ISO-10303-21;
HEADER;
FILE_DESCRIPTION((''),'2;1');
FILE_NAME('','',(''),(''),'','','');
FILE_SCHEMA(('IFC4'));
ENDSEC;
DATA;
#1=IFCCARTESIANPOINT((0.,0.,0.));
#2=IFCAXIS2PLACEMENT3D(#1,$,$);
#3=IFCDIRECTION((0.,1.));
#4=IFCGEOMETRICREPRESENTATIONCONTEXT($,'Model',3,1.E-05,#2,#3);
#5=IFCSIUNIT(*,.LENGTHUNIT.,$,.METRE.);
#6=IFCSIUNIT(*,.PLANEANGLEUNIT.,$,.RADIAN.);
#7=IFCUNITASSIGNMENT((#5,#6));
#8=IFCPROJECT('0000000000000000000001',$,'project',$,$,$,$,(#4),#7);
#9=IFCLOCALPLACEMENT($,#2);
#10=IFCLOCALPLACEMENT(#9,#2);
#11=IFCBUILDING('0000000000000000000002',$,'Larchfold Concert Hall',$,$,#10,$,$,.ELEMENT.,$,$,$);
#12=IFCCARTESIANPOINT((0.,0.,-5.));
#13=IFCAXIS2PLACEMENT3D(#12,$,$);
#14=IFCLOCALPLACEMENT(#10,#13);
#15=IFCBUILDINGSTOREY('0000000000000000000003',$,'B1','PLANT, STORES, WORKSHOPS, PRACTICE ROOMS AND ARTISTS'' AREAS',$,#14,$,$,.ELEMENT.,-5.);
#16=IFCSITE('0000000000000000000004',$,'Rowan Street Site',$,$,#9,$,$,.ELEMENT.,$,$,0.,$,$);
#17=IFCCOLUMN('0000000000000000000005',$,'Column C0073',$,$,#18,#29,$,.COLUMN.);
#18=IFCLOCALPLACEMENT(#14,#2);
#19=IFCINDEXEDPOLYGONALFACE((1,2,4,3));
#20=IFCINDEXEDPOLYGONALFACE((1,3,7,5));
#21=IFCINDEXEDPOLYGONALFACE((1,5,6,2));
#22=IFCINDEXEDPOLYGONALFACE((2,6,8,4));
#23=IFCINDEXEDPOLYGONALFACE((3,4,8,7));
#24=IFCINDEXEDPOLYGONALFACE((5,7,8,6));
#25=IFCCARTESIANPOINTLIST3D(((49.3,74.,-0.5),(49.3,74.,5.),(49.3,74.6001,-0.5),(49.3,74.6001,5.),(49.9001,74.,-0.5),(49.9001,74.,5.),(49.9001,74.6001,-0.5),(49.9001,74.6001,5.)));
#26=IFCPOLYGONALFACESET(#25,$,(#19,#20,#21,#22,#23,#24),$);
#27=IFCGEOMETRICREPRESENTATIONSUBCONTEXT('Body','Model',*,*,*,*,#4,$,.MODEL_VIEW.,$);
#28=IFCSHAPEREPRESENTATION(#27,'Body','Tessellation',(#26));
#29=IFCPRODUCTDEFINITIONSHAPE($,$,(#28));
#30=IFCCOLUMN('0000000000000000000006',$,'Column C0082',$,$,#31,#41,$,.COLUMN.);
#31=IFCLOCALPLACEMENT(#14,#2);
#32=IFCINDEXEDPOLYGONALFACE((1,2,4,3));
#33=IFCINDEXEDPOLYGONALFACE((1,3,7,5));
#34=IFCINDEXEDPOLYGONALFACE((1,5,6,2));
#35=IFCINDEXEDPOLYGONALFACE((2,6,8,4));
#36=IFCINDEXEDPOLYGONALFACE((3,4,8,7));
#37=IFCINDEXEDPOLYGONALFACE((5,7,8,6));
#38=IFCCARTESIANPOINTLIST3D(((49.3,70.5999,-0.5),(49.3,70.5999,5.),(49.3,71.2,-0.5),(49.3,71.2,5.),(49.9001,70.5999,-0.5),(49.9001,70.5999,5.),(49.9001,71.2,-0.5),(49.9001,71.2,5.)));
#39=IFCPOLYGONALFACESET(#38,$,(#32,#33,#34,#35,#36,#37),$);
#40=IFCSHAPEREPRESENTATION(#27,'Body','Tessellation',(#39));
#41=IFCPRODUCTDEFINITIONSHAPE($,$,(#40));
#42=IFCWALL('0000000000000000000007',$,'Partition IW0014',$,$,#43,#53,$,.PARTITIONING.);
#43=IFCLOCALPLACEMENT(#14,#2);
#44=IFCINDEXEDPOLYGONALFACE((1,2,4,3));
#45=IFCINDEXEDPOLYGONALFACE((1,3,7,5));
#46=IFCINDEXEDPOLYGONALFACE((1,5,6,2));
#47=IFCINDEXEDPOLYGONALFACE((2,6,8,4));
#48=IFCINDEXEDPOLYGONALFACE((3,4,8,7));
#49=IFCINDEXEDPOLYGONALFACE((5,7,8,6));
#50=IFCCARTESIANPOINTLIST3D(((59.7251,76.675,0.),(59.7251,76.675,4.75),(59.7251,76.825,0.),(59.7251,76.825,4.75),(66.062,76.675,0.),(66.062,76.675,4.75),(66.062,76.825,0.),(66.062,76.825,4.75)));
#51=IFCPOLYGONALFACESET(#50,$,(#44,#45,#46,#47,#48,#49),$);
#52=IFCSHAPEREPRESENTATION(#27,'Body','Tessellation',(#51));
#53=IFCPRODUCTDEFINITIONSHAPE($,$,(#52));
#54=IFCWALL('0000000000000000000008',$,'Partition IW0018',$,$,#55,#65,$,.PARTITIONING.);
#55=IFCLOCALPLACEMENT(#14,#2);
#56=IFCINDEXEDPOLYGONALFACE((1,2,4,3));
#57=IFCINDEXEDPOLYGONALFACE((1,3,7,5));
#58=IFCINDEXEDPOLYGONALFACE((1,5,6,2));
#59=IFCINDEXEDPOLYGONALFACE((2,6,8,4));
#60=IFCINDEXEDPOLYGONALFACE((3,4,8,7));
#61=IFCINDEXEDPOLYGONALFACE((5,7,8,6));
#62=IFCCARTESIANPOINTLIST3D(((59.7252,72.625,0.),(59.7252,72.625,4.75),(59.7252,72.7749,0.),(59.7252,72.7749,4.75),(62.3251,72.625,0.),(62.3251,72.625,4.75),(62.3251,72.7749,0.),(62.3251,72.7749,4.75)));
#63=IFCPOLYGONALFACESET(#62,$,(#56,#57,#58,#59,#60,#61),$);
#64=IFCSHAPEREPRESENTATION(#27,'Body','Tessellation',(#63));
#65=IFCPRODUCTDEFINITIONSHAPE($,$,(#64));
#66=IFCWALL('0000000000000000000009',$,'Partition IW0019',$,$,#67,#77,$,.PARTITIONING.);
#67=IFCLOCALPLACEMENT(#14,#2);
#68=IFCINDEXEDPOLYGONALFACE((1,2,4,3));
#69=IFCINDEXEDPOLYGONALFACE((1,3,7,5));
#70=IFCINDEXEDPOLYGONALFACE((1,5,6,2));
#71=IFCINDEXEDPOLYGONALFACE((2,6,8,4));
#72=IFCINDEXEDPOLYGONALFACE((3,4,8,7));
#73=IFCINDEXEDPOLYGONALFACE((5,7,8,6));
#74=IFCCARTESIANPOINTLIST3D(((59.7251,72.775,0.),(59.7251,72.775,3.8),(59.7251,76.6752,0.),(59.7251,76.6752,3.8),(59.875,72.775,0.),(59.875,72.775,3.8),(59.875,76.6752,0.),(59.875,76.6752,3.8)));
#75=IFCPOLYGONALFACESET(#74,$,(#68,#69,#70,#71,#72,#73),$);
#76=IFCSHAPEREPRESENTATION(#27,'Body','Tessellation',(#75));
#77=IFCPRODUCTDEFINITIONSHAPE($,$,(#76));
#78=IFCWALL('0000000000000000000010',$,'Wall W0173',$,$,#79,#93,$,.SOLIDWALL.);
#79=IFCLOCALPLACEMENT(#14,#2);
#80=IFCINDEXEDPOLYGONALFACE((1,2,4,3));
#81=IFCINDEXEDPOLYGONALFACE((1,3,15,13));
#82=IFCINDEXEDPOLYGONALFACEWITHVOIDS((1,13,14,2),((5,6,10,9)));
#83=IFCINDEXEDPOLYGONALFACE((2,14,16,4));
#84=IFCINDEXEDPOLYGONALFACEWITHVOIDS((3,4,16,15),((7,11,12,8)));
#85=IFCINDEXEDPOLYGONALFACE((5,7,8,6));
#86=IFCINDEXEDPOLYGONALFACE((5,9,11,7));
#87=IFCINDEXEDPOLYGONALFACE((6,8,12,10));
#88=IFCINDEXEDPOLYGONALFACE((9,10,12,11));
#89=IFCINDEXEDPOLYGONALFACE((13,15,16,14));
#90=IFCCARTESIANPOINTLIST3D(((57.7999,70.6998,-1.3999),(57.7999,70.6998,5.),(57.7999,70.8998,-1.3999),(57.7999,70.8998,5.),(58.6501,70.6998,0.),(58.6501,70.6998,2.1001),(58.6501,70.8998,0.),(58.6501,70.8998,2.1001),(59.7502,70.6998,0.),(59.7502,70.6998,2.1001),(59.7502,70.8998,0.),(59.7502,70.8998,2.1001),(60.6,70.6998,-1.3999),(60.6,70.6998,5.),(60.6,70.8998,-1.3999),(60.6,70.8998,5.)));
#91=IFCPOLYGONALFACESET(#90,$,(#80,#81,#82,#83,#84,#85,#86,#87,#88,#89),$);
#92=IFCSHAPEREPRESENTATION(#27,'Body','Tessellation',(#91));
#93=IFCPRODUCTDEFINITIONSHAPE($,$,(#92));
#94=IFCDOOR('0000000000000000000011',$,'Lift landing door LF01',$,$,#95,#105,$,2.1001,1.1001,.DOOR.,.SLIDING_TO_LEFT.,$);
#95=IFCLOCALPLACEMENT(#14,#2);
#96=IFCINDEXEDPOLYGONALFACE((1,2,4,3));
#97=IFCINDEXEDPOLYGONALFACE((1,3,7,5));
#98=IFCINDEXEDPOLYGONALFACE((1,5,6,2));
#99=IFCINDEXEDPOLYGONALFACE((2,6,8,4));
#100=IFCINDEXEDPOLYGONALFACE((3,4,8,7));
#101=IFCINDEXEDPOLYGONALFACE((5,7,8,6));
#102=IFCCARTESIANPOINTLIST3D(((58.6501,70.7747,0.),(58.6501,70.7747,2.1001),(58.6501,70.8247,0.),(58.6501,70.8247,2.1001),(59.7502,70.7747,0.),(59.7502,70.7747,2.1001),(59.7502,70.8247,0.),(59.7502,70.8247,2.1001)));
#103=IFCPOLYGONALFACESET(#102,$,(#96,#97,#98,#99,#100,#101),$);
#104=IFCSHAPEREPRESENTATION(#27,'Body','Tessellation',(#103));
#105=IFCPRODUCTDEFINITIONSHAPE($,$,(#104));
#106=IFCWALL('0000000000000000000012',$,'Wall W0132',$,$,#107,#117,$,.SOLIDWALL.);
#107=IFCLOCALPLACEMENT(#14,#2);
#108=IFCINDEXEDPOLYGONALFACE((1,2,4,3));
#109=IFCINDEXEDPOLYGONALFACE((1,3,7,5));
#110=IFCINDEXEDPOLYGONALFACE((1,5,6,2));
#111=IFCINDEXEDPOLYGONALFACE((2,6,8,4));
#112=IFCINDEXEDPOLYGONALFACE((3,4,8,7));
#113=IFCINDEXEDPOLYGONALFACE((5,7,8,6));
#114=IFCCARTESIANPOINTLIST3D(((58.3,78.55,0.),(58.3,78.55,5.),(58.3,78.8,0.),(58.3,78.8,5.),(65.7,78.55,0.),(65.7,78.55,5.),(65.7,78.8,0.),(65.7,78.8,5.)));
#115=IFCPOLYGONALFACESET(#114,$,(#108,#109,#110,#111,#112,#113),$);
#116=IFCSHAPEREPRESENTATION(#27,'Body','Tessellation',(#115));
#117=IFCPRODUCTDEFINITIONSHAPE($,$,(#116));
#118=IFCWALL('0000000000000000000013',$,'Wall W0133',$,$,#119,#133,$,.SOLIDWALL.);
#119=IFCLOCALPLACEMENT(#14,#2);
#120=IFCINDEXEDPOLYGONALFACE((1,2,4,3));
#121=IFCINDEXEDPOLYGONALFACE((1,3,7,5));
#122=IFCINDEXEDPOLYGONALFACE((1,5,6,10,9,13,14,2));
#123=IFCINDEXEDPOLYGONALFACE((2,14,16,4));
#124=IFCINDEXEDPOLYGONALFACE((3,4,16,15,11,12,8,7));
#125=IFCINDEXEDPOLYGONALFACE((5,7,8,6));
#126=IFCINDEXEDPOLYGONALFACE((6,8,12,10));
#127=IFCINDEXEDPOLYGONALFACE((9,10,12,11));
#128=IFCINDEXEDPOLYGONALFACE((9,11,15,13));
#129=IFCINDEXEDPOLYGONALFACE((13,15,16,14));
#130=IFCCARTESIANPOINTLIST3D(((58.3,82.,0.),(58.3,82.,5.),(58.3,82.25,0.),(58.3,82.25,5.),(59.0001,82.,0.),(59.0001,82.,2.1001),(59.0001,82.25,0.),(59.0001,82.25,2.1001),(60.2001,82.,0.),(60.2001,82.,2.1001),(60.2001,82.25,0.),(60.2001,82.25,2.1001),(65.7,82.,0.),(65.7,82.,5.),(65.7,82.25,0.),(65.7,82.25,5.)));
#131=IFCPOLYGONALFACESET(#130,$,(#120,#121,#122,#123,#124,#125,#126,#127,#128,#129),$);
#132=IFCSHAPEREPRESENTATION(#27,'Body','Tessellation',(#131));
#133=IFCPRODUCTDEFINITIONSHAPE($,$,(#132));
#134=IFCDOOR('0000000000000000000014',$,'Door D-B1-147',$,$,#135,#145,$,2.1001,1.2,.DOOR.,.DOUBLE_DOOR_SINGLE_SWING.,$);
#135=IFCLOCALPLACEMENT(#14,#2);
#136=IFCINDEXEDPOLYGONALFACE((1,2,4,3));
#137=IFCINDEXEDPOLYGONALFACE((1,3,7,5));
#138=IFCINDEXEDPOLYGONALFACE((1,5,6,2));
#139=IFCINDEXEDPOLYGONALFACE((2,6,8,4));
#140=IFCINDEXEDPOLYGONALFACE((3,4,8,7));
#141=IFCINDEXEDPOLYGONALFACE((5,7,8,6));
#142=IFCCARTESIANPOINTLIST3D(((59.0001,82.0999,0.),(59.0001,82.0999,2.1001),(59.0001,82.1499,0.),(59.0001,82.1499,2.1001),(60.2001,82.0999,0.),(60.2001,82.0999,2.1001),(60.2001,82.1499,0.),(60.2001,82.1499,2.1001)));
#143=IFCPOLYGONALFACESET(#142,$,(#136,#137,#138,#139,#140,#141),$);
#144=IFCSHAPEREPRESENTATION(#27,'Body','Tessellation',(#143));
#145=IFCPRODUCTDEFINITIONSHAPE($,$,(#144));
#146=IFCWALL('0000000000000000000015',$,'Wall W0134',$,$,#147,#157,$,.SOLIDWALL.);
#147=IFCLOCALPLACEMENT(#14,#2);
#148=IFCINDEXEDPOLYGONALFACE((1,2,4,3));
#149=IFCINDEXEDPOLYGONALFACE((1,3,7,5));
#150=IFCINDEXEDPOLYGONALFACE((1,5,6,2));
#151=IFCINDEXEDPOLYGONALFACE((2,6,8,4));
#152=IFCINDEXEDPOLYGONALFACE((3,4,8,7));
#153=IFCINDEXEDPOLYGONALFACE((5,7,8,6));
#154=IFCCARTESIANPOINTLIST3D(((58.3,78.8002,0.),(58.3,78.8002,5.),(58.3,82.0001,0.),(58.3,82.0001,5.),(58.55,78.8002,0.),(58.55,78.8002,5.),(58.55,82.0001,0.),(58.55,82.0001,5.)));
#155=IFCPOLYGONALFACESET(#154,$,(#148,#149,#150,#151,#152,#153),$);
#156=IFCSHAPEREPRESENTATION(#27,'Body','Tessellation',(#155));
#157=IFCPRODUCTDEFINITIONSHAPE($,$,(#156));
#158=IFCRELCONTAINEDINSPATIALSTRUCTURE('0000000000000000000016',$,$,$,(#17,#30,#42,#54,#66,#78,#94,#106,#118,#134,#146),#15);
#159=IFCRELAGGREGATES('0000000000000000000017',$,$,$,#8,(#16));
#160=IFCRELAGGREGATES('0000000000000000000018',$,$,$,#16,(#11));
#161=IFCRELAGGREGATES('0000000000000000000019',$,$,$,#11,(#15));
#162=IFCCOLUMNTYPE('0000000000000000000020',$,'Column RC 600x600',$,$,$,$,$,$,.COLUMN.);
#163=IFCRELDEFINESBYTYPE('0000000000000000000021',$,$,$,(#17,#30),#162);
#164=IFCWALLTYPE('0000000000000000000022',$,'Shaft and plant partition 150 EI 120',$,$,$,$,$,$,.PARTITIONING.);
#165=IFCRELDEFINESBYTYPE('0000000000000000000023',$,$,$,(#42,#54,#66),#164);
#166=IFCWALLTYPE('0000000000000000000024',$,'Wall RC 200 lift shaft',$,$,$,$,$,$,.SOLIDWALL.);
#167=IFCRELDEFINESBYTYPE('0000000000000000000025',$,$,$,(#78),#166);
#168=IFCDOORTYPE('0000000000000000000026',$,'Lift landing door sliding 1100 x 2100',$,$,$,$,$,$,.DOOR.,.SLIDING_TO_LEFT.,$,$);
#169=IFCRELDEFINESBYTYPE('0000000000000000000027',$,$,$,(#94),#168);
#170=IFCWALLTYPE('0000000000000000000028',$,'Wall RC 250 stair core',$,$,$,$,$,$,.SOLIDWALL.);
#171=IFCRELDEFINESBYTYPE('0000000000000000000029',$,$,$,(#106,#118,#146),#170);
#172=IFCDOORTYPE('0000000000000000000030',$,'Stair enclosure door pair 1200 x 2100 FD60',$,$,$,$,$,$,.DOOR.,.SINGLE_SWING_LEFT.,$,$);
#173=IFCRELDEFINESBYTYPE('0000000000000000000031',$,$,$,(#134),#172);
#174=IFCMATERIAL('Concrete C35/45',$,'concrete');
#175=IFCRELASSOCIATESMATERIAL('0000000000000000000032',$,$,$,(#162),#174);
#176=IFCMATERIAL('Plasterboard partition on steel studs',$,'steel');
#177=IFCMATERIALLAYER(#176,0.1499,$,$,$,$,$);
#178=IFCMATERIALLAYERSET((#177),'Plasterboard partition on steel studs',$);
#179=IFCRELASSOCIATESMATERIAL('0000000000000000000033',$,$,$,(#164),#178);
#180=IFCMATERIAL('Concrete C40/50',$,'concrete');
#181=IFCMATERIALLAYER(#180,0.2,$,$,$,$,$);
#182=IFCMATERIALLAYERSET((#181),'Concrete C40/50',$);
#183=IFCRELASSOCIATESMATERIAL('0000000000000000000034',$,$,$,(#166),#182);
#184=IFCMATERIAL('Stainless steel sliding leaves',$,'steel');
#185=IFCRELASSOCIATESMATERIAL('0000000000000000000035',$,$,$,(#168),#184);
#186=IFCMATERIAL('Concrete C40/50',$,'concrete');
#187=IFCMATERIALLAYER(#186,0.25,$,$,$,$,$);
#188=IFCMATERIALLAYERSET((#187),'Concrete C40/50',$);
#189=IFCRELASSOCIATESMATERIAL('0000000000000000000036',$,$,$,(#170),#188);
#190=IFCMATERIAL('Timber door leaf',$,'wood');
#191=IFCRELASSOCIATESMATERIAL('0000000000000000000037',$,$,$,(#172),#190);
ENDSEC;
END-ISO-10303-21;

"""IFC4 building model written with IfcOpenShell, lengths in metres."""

from ifc_helpers import new_model, si_unit, direction, frame, frame_2d, origin, origin_2d, place, context, subcontext, project, spatial, rectangle, extrude, material, layer, layer_set, material_profile, profile_set, type_object, element, fill, save


model = new_model("IFC4")

# Units and contexts
model_context = context("Model", 3, precision=1e-05, world=origin(), true_north=direction((0.0, 1.0)))
body_context = subcontext(model_context, "Body", "Model", "MODEL_VIEW")
ifc_project = project(units=[si_unit("LENGTHUNIT", "METRE"), si_unit("PLANEANGLEUNIT", "RADIAN")], contexts=[model_context])

# Site, building, storey
site_placement = place(None, origin())
site = spatial("IfcSite", under=ifc_project, at=site_placement, Name="Rowan Street Site", CompositionType="ELEMENT", RefElevation=0.0)
building_placement = place(site_placement, origin())
building = spatial("IfcBuilding", under=site, at=building_placement, Name="Larchfold Concert Hall", CompositionType="ELEMENT")
storey_placement = place(building_placement, frame((0.0, 0.0, -5.0)))
storey = spatial("IfcBuildingStorey", under=building, at=storey_placement, Name="B1", Description="PLANT, STORES, WORKSHOPS, PRACTICE ROOMS AND ARTISTS' AREAS", CompositionType="ELEMENT", Elevation=-5.0)

# Columns
ifc_material_1 = material(Name="Concrete C35/45", Category="concrete")
ifc_material_profile_1 = material_profile(ifc_material_1, rectangle(XDim=0.6001, YDim=0.6001, at=origin_2d()))
ifc_profile_set_1 = profile_set([ifc_material_profile_1], Name="Concrete C35/45")
column_type = type_object("IfcColumnType", Name="Column RC 600x600", PredefinedType="COLUMN", material=ifc_profile_set_1)
for number, where, z_axis, x_axis, name in (
    (1, (49.6001, 74.3, -0.5), (0.0, 0.0, 1.0), (1.0, 0.0, 0.0), "Column C0073"),
    (2, (49.6001, 70.8999, -0.5), (0.0, 0.0, 1.0), (1.0, 0.0, 0.0), "Column C0082"),
):
    element("IfcColumn", number, at=place(storey_placement, frame(where, z_axis=z_axis, x_axis=x_axis)), inside=storey, type_object=column_type, Name=name, PredefinedType="COLUMN", context=body_context, shape_type="SweptSolid", body=[
        extrude(rectangle(XDim=0.6001, YDim=0.6001, at=origin_2d()), origin(), (0.0, 0.0, 1.0), 5.5),
    ])

# Walls
ifc_material_2 = material(Name="Plasterboard partition on steel studs", Category="steel")
ifc_layer_1 = layer(ifc_material_2, 0.1499)
ifc_layer_set_1 = layer_set([ifc_layer_1], Name="Plasterboard partition on steel studs")
wall_type_1 = type_object("IfcWallType", Name="Shaft and plant partition 150 EI 120", PredefinedType="PARTITIONING", material=ifc_layer_set_1)
wall_1_placement = place(storey_placement, frame((59.7251, 76.75, 0.0), z_axis=(0.0, 0.0, 1.0), x_axis=(1.0, 0.0, 0.0)))
element("IfcWall", 3, at=wall_1_placement, inside=storey, type_object=wall_type_1, Name="Partition IW0014", PredefinedType="PARTITIONING", context=body_context, shape_type="SweptSolid", body=[
    extrude(rectangle(XDim=6.3369, YDim=0.1499, at=frame_2d((3.1685, 0.0))), origin(), (0.0, 0.0, 1.0), 4.75),
])
wall_2_placement = place(storey_placement, frame((62.325, 72.7, 0.0), z_axis=(0.0, 0.0, 1.0), x_axis=(-1.0, 0.0, 0.0)))
element("IfcWall", 4, at=wall_2_placement, inside=storey, type_object=wall_type_1, Name="Partition IW0018", PredefinedType="PARTITIONING", context=body_context, shape_type="SweptSolid", body=[
    extrude(rectangle(XDim=2.5999, YDim=0.1499, at=frame_2d((1.2998, 0.0))), origin(), (0.0, 0.0, 1.0), 4.75),
])
wall_3_placement = place(storey_placement, frame((59.8, 72.7749, 0.0), z_axis=(0.0, 0.0, 1.0), x_axis=(0.0, 1.0, 0.0)))
element("IfcWall", 5, at=wall_3_placement, inside=storey, type_object=wall_type_1, Name="Partition IW0019", PredefinedType="PARTITIONING", context=body_context, shape_type="SweptSolid", body=[
    extrude(rectangle(XDim=3.9001, YDim=0.1499, at=frame_2d((1.9502, 0.0))), origin(), (0.0, 0.0, 1.0), 3.8),
])

# Wall, opening, door
ifc_material_3 = material(Name="Concrete C40/50", Category="concrete")
ifc_layer_2 = layer(ifc_material_3, 0.2)
ifc_layer_set_2 = layer_set([ifc_layer_2], Name="Concrete C40/50")
wall_type_2 = type_object("IfcWallType", Name="Wall RC 200 lift shaft", PredefinedType="SOLIDWALL", material=ifc_layer_set_2)
wall_4_placement = place(storey_placement, frame((57.8, 70.7998, -1.3999), z_axis=(0.0, 0.0, 1.0), x_axis=(1.0, 0.0, 0.0)))
wall_4 = element("IfcWall", 6, at=wall_4_placement, inside=storey, type_object=wall_type_2, Name="Wall W0173", PredefinedType="SOLIDWALL", context=body_context, shape_type="SweptSolid", body=[
    extrude(rectangle(XDim=2.8, YDim=0.2, at=frame_2d((1.3999, 0.0))), origin(), (0.0, 0.0, 1.0), 6.3999),
])
opening_1_placement = place(wall_4_placement, frame((0.8501, 0.0, 1.3999)))
opening_1 = element("IfcOpeningElement", 7, at=opening_1_placement, cuts=wall_4, PredefinedType="OPENING", context=body_context, shape_type="SweptSolid", body=[
    extrude(rectangle(XDim=1.1001, YDim=2.1001, at=frame_2d((0.55, 1.05))), frame((0.0, 0.1099, 0.0), z_axis=(0.0, -1.0, 0.0), x_axis=(1.0, 0.0, 0.0)), (0.0, 0.0, 1.0), 0.22),
])
ifc_material_4 = material(Name="Stainless steel sliding leaves", Category="steel")
door_type_1 = type_object("IfcDoorType", Name="Lift landing door sliding 1100 x 2100", OperationType="SLIDING_TO_LEFT", PredefinedType="DOOR", material=ifc_material_4)
door_1_placement = place(opening_1_placement, origin())
door_1 = element("IfcDoor", 8, at=door_1_placement, inside=storey, type_object=door_type_1, Name="Lift landing door LF01", OperationType="SLIDING_TO_LEFT", OverallHeight=2.1001, OverallWidth=1.1001, PredefinedType="DOOR", context=body_context, shape_type="SweptSolid", body=[
    extrude(rectangle(XDim=1.1001, YDim=2.1001, at=frame_2d((0.55, 1.05))), frame((0.0, 0.0249, 0.0), z_axis=(0.0, -1.0, 0.0), x_axis=(1.0, 0.0, 0.0)), (0.0, 0.0, 1.0), 0.05),
])
fill(opening_1, door_1)

# Wall
ifc_material_5 = material(Name="Concrete C40/50", Category="concrete")
ifc_layer_3 = layer(ifc_material_5, 0.25)
ifc_layer_set_3 = layer_set([ifc_layer_3], Name="Concrete C40/50")
wall_type_3 = type_object("IfcWallType", Name="Wall RC 250 stair core", PredefinedType="SOLIDWALL", material=ifc_layer_set_3)
wall_5_placement = place(storey_placement, frame((58.3, 78.675, 0.0), z_axis=(0.0, 0.0, 1.0), x_axis=(1.0, 0.0, 0.0)))
element("IfcWall", 9, at=wall_5_placement, inside=storey, type_object=wall_type_3, Name="Wall W0132", PredefinedType="SOLIDWALL", context=body_context, shape_type="SweptSolid", body=[
    extrude(rectangle(XDim=7.3999, YDim=0.25, at=frame_2d((3.7, 0.0))), origin(), (0.0, 0.0, 1.0), 5.0),
])

# Wall, opening, door
wall_6_placement = place(storey_placement, frame((58.3, 82.125, 0.0), z_axis=(0.0, 0.0, 1.0), x_axis=(1.0, 0.0, 0.0)))
wall_6 = element("IfcWall", 10, at=wall_6_placement, inside=storey, type_object=wall_type_3, Name="Wall W0133", PredefinedType="SOLIDWALL", context=body_context, shape_type="SweptSolid", body=[
    extrude(rectangle(XDim=7.3999, YDim=0.25, at=frame_2d((3.7, 0.0))), origin(), (0.0, 0.0, 1.0), 5.0),
])
opening_2_placement = place(wall_6_placement, frame((0.7, 0.0, 0.0)))
opening_2 = element("IfcOpeningElement", 11, at=opening_2_placement, cuts=wall_6, PredefinedType="OPENING", context=body_context, shape_type="SweptSolid", body=[
    extrude(rectangle(XDim=1.2, YDim=2.1001, at=frame_2d((0.6001, 1.05))), frame((0.0, 0.135, 0.0), z_axis=(0.0, -1.0, 0.0), x_axis=(1.0, 0.0, 0.0)), (0.0, 0.0, 1.0), 0.27),
])
ifc_material_6 = material(Name="Timber door leaf", Category="wood")
door_type_2 = type_object("IfcDoorType", Name="Stair enclosure door pair 1200 x 2100 FD60", OperationType="SINGLE_SWING_LEFT", PredefinedType="DOOR", material=ifc_material_6)
door_2_placement = place(opening_2_placement, origin())
door_2 = element("IfcDoor", 12, at=door_2_placement, inside=storey, type_object=door_type_2, Name="Door D-B1-147", OperationType="DOUBLE_DOOR_SINGLE_SWING", OverallHeight=2.1001, OverallWidth=1.2, PredefinedType="DOOR", context=body_context, shape_type="SweptSolid", body=[
    extrude(rectangle(XDim=1.2, YDim=2.1001, at=frame_2d((0.6001, 1.05))), frame((0.0, 0.0249, 0.0), z_axis=(0.0, -1.0, 0.0), x_axis=(1.0, 0.0, 0.0)), (0.0, 0.0, 1.0), 0.05),
])
fill(opening_2, door_2)

# Wall
wall_7_placement = place(storey_placement, frame((58.425, 78.8, 0.0), z_axis=(0.0, 0.0, 1.0), x_axis=(0.0, 1.0, 0.0)))
element("IfcWall", 13, at=wall_7_placement, inside=storey, type_object=wall_type_3, Name="Wall W0134", PredefinedType="SOLIDWALL", context=body_context, shape_type="SweptSolid", body=[
    extrude(rectangle(XDim=3.2, YDim=0.25, at=frame_2d((1.6001, 0.0))), origin(), (0.0, 0.0, 1.0), 5.0),
])

save(model, "model.ifc")
